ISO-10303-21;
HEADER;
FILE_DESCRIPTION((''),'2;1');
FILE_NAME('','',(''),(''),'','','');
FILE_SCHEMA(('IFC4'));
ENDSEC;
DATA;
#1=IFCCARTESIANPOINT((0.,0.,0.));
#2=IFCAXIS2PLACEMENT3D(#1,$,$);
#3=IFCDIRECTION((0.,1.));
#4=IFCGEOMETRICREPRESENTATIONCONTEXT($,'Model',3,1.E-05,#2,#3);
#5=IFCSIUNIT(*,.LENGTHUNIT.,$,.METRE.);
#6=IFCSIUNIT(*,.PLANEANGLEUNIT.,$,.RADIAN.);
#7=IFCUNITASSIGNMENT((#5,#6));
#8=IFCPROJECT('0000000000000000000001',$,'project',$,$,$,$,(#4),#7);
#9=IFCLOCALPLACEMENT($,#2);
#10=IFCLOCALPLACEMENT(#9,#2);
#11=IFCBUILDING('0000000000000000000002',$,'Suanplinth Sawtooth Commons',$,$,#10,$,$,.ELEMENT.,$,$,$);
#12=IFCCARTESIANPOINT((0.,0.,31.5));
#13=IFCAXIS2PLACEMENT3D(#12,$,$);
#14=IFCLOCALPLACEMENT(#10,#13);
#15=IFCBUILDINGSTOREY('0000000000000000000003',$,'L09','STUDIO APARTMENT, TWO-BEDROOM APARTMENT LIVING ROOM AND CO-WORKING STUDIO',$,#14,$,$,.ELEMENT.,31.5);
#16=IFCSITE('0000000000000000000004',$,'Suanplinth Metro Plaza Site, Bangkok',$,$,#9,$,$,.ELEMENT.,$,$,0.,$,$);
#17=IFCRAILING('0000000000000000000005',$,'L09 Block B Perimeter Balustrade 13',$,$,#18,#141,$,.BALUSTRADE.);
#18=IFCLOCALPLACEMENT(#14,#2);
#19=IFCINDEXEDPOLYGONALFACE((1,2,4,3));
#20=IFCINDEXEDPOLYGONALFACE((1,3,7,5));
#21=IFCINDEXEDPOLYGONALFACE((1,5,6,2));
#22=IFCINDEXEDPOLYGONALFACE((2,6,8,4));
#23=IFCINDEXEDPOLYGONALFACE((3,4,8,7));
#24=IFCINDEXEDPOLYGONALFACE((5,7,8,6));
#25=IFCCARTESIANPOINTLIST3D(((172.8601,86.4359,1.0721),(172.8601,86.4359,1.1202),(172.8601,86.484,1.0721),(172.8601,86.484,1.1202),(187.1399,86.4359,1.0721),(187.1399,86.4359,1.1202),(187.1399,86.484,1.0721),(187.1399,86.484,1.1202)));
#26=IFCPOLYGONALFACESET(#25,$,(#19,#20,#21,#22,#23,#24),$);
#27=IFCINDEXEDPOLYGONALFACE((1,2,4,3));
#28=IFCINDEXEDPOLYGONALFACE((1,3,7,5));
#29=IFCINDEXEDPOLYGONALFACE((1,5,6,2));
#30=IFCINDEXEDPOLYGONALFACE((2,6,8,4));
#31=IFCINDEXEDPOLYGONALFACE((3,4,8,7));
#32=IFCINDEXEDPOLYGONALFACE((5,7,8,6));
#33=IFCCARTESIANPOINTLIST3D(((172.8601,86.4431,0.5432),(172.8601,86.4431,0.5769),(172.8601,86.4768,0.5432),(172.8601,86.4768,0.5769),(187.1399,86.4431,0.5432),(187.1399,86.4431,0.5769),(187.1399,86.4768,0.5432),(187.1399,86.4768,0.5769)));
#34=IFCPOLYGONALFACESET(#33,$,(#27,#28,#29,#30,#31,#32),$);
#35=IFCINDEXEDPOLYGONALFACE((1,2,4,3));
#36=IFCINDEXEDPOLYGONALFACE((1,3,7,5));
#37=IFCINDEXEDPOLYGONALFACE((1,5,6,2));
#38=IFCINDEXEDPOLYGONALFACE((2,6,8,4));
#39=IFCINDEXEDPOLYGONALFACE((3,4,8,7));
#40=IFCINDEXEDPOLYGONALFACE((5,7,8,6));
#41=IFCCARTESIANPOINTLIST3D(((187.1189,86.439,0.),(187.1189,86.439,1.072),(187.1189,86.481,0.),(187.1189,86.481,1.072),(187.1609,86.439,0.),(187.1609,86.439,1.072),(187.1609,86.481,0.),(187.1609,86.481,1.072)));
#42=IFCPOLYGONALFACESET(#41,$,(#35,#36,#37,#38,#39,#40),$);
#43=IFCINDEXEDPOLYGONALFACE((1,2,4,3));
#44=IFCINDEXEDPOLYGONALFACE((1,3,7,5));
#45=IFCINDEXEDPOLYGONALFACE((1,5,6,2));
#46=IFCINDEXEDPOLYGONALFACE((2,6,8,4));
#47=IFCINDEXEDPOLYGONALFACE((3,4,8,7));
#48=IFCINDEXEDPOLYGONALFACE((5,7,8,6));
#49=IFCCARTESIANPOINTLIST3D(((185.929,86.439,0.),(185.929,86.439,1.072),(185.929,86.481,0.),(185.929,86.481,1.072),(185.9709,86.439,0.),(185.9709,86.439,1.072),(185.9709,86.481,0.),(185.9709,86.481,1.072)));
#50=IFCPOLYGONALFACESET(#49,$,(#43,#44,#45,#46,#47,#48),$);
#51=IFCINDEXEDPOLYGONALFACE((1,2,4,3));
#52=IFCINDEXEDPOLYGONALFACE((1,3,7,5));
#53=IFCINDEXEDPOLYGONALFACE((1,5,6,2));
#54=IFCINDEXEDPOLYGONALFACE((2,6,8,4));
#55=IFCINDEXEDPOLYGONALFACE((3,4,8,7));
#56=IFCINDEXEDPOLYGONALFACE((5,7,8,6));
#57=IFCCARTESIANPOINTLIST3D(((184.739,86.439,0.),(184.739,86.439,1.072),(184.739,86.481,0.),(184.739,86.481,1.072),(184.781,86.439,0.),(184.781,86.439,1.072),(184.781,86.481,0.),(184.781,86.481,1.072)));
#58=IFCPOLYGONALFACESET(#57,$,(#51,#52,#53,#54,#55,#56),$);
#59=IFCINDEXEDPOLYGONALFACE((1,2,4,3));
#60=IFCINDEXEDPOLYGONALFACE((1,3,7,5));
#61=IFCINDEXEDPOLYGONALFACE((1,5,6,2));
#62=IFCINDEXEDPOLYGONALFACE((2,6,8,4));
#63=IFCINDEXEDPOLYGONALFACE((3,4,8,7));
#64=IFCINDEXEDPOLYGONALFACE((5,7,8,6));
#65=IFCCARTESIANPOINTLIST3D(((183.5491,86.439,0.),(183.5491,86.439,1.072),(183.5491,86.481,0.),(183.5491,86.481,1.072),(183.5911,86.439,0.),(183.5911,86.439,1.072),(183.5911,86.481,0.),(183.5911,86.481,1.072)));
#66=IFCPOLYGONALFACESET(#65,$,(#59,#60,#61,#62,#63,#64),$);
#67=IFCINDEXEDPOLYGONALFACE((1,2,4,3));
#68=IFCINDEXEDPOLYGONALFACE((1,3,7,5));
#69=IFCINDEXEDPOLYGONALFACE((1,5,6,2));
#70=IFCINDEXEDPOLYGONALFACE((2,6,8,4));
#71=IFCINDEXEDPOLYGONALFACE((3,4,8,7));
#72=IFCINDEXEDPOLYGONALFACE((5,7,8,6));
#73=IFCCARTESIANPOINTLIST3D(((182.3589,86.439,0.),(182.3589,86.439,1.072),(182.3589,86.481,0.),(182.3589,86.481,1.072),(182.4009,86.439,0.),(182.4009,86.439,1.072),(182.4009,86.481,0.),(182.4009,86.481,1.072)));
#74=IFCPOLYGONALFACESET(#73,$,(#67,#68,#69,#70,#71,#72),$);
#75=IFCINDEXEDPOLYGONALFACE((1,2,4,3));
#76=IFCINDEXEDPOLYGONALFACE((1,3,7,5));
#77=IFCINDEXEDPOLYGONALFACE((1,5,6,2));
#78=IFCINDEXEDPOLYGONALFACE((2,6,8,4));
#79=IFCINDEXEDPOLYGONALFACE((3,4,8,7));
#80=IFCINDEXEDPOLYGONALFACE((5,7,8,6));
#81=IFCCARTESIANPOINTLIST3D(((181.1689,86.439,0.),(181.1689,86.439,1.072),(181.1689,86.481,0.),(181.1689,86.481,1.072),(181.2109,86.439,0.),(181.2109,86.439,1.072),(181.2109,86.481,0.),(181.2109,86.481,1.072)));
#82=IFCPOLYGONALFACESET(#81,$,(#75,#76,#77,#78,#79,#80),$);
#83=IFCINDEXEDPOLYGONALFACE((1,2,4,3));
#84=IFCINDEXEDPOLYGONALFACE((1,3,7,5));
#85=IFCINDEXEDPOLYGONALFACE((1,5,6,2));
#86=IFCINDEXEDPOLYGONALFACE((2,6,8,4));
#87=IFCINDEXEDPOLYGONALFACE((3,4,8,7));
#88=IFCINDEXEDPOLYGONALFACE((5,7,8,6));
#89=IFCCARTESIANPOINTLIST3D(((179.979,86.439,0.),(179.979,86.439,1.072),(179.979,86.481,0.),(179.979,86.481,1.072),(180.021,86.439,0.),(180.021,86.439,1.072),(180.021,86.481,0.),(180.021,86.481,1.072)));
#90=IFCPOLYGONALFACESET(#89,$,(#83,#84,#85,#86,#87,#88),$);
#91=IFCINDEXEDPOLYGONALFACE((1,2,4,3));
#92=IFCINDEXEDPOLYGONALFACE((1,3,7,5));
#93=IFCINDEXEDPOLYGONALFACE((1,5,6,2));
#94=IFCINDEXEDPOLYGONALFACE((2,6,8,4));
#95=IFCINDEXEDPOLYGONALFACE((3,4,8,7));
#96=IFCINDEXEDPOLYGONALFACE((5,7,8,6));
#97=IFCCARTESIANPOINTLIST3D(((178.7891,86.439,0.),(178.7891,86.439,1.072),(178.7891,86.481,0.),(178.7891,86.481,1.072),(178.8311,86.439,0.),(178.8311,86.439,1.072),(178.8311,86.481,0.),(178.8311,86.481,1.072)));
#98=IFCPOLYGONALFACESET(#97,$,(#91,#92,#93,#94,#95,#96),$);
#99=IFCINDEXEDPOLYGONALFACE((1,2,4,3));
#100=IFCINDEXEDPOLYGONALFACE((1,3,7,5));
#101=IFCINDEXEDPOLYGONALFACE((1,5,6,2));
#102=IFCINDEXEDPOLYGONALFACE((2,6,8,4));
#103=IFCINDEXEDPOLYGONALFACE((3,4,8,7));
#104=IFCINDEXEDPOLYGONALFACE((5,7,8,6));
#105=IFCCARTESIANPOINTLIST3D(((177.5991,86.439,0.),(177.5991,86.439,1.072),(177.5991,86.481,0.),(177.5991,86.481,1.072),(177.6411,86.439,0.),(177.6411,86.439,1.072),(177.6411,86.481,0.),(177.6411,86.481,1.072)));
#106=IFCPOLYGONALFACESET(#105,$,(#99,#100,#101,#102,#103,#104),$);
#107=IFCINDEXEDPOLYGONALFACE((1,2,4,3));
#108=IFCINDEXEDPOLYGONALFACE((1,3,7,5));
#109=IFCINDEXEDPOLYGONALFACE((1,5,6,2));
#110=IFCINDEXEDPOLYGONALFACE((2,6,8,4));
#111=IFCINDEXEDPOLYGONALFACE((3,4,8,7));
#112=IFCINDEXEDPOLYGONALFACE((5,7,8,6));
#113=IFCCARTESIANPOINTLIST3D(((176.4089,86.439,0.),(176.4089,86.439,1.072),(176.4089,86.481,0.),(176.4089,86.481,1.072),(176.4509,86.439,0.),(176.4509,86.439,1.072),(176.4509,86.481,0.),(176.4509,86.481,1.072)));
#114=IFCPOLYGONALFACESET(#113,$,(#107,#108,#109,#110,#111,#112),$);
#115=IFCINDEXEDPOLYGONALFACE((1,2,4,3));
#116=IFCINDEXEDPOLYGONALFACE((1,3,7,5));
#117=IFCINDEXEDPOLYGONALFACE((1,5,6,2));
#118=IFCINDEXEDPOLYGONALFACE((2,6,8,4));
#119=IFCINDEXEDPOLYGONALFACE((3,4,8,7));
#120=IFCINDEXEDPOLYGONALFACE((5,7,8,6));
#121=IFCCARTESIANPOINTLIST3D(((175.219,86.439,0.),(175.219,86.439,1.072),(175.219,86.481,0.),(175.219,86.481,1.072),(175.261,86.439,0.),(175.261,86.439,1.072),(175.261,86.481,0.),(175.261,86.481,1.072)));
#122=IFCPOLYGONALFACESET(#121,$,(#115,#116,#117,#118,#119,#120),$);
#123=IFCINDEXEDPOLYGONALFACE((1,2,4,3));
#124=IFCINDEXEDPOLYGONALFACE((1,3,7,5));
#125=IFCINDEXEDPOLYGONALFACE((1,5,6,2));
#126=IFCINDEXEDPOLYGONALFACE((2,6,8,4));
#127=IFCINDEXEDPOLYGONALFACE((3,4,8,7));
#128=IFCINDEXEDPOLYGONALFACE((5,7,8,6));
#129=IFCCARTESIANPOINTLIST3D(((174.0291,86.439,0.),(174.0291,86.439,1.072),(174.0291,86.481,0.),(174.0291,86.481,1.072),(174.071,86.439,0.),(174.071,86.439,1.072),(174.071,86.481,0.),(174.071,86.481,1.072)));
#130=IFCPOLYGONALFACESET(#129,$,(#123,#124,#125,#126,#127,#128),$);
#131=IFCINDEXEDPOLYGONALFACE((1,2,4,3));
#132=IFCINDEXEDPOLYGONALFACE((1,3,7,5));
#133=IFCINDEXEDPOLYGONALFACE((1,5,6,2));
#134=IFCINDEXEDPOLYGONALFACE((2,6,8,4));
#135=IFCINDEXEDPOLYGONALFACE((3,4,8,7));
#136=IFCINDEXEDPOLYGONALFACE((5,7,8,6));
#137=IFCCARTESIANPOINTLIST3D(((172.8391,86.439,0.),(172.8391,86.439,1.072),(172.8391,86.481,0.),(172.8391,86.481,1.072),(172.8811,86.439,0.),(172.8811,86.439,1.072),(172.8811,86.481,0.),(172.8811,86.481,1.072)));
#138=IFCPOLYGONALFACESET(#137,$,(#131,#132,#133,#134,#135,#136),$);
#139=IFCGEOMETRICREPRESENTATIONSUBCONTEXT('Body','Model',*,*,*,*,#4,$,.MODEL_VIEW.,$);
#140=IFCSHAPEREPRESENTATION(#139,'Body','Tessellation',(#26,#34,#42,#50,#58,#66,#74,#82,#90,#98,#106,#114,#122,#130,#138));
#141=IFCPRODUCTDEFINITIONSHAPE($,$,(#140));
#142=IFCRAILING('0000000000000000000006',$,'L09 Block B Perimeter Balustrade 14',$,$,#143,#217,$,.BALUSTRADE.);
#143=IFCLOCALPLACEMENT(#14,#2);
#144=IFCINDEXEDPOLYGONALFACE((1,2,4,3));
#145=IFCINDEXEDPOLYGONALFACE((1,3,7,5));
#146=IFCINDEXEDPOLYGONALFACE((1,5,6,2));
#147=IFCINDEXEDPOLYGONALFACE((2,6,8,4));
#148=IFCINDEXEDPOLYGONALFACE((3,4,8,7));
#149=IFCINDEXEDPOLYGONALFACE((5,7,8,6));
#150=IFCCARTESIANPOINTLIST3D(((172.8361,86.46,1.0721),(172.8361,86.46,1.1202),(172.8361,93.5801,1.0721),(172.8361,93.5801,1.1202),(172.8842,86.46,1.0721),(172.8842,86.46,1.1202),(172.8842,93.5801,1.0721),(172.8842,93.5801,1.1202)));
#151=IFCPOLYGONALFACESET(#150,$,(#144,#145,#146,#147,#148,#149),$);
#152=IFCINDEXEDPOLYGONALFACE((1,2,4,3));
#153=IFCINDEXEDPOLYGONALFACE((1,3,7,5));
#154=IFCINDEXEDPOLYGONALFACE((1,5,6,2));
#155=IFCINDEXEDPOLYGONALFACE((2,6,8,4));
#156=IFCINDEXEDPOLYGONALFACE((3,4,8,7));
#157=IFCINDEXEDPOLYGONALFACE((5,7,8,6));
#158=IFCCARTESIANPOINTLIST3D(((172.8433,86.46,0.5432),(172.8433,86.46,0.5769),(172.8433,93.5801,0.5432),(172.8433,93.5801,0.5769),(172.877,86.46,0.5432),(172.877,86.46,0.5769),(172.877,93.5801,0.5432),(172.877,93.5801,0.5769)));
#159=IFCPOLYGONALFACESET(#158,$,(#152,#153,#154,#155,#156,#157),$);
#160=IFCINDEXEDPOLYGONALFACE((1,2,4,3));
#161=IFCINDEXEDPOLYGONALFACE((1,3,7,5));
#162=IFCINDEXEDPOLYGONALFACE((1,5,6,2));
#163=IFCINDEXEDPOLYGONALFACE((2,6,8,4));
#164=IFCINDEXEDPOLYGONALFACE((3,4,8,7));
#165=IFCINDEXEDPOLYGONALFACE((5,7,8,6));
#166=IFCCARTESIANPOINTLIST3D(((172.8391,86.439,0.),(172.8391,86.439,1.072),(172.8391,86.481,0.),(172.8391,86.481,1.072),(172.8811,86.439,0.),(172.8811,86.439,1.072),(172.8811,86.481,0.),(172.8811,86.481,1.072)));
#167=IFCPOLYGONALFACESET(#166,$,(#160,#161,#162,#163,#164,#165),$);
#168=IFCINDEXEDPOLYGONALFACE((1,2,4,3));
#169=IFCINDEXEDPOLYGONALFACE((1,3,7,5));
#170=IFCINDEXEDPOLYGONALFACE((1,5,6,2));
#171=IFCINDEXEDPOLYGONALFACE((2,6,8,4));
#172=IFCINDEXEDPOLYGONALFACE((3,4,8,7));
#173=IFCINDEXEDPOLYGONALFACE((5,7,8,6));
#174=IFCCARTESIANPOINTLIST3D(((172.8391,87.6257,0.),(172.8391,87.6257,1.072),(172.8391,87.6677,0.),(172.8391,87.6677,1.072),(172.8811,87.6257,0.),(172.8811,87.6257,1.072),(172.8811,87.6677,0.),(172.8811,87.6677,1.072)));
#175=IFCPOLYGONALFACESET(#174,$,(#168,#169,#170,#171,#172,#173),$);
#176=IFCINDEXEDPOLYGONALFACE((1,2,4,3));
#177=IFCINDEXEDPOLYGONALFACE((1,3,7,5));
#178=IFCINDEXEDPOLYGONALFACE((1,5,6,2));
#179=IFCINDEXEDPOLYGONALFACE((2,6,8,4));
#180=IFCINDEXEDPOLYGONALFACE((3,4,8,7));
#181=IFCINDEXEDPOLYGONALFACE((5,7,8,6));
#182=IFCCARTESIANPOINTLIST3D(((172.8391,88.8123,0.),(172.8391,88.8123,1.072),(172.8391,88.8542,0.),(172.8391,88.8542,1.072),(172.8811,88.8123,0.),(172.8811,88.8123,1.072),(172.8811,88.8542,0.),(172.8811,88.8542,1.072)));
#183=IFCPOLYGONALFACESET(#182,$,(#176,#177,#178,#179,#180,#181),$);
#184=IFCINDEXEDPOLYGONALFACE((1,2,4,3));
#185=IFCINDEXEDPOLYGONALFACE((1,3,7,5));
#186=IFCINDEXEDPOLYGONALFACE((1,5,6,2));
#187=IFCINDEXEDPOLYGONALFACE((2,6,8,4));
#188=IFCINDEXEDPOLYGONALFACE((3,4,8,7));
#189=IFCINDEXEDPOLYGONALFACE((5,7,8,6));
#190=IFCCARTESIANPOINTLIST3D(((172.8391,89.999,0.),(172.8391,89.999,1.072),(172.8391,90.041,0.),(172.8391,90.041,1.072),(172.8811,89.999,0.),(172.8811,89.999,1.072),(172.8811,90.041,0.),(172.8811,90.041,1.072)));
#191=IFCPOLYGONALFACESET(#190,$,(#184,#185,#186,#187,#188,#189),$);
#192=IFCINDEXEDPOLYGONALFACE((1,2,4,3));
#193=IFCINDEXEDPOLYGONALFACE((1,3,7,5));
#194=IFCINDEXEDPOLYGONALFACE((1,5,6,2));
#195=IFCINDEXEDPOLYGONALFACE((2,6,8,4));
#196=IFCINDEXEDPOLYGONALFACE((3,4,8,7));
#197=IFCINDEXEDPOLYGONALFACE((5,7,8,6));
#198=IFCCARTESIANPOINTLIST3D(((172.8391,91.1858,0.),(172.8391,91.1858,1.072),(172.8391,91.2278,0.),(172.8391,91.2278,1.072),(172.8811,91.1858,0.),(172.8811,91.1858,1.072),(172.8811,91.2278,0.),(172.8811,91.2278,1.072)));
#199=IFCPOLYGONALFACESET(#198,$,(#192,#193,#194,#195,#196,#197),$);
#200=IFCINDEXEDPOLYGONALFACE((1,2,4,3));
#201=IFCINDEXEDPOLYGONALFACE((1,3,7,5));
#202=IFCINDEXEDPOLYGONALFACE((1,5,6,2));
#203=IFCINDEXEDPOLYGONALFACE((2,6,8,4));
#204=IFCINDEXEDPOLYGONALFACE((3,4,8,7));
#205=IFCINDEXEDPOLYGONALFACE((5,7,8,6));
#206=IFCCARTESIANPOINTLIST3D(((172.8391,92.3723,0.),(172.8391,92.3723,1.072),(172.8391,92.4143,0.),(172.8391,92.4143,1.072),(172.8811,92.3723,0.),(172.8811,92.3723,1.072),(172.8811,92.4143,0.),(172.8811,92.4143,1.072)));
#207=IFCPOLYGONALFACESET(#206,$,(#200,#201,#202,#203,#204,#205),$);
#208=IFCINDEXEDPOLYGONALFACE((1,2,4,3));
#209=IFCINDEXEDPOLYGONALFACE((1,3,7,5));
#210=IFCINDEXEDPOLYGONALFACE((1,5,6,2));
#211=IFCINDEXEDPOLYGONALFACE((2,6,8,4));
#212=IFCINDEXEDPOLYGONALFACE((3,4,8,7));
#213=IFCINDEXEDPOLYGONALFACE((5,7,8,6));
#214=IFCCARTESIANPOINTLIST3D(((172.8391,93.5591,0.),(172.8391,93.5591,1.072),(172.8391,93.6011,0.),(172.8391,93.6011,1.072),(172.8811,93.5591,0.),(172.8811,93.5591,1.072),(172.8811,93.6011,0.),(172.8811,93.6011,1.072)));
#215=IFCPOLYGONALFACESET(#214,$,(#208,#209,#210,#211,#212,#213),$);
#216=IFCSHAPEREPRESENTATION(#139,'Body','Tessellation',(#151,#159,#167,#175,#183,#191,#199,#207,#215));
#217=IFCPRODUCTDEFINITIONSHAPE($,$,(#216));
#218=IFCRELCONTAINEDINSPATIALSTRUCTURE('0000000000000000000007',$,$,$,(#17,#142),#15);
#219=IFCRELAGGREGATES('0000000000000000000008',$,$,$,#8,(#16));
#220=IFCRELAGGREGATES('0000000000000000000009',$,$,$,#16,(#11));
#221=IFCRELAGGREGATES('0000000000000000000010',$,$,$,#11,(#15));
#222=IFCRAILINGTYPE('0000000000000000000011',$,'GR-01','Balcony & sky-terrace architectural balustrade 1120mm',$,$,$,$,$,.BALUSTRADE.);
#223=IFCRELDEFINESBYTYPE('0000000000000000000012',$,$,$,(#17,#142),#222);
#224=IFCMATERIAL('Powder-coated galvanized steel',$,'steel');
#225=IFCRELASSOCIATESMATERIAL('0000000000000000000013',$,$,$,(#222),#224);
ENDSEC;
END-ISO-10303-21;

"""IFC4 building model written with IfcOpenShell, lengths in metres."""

from ifc_helpers import new_model, si_unit, direction, frame, origin, origin_2d, place, context, subcontext, project, spatial, rectangle, extrude, material, type_object, element, save


model = new_model("IFC4")

# Units and contexts
model_context = context("Model", 3, precision=1e-05, world=origin(), true_north=direction((0.0, 1.0)))
body_context = subcontext(model_context, "Body", "Model", "MODEL_VIEW")
ifc_project = project(units=[si_unit("LENGTHUNIT", "METRE"), si_unit("PLANEANGLEUNIT", "RADIAN")], contexts=[model_context])

# Site, building, storey
site_placement = place(None, origin())
site = spatial("IfcSite", under=ifc_project, at=site_placement, Name="Suanplinth Metro Plaza Site, Bangkok", CompositionType="ELEMENT", RefElevation=0.0)
building_placement = place(site_placement, origin())
building = spatial("IfcBuilding", under=site, at=building_placement, Name="Suanplinth Sawtooth Commons", CompositionType="ELEMENT")
storey_placement = place(building_placement, frame((0.0, 0.0, 31.5)))
storey = spatial("IfcBuildingStorey", under=building, at=storey_placement, Name="L09", Description="STUDIO APARTMENT, TWO-BEDROOM APARTMENT LIVING ROOM AND CO-WORKING STUDIO", CompositionType="ELEMENT", Elevation=31.5)

# Railings
ifc_material_1 = material(Name="Powder-coated galvanized steel", Category="steel")
railing_type = type_object("IfcRailingType", Name="GR-01", Description="Balcony & sky-terrace architectural balustrade 1120mm", PredefinedType="BALUSTRADE", material=ifc_material_1)
railing_1_placement = place(storey_placement, frame((187.1399, 86.46, 0.0)))
element("IfcRailing", 1, at=railing_1_placement, inside=storey, type_object=railing_type, Name="L09 Block B Perimeter Balustrade 13", PredefinedType="BALUSTRADE", context=body_context, shape_type="SweptSolid", body=[
    extrude(rectangle(XDim=0.0481, YDim=0.0481, at=origin_2d()), frame((0.0, 0.0, 1.0962), z_axis=(-1.0, 0.0, 0.0), x_axis=(0.0, -1.0, 0.0)), (0.0, 0.0, 1.0), 14.2798),
    extrude(rectangle(XDim=0.0337, YDim=0.0337, at=origin_2d()), frame((0.0, 0.0, 0.5601), z_axis=(-1.0, 0.0, 0.0), x_axis=(0.0, -1.0, 0.0)), (0.0, 0.0, 1.0), 14.2798),
    extrude(rectangle(XDim=0.042, YDim=0.042, at=origin_2d()), origin(), (0.0, 0.0, 1.0), 1.072),
    extrude(rectangle(XDim=0.042, YDim=0.042, at=origin_2d()), frame((-1.1899, 0.0, 0.0)), (0.0, 0.0, 1.0), 1.072),
    extrude(rectangle(XDim=0.042, YDim=0.042, at=origin_2d()), frame((-2.3799, 0.0, 0.0)), (0.0, 0.0, 1.0), 1.072),
    extrude(rectangle(XDim=0.042, YDim=0.042, at=origin_2d()), frame((-3.5698, 0.0, 0.0)), (0.0, 0.0, 1.0), 1.072),
    extrude(rectangle(XDim=0.042, YDim=0.042, at=origin_2d()), frame((-4.76, 0.0, 0.0)), (0.0, 0.0, 1.0), 1.072),
    extrude(rectangle(XDim=0.042, YDim=0.042, at=origin_2d()), frame((-5.95, 0.0, 0.0)), (0.0, 0.0, 1.0), 1.072),
    extrude(rectangle(XDim=0.042, YDim=0.042, at=origin_2d()), frame((-7.1399, 0.0, 0.0)), (0.0, 0.0, 1.0), 1.072),
    extrude(rectangle(XDim=0.042, YDim=0.042, at=origin_2d()), frame((-8.3298, 0.0, 0.0)), (0.0, 0.0, 1.0), 1.072),
    extrude(rectangle(XDim=0.042, YDim=0.042, at=origin_2d()), frame((-9.5198, 0.0, 0.0)), (0.0, 0.0, 1.0), 1.072),
    extrude(rectangle(XDim=0.042, YDim=0.042, at=origin_2d()), frame((-10.71, 0.0, 0.0)), (0.0, 0.0, 1.0), 1.072),
    extrude(rectangle(XDim=0.042, YDim=0.042, at=origin_2d()), frame((-11.8999, 0.0, 0.0)), (0.0, 0.0, 1.0), 1.072),
    extrude(rectangle(XDim=0.042, YDim=0.042, at=origin_2d()), frame((-13.0898, 0.0, 0.0)), (0.0, 0.0, 1.0), 1.072),
    extrude(rectangle(XDim=0.042, YDim=0.042, at=origin_2d()), frame((-14.2798, 0.0, 0.0)), (0.0, 0.0, 1.0), 1.072),
])
railing_2_placement = place(storey_placement, frame((172.8601, 86.46, 0.0)))
element("IfcRailing", 2, at=railing_2_placement, inside=storey, type_object=railing_type, Name="L09 Block B Perimeter Balustrade 14", PredefinedType="BALUSTRADE", context=body_context, shape_type="SweptSolid", body=[
    extrude(rectangle(XDim=0.0481, YDim=0.0481, at=origin_2d()), frame((0.0, 0.0, 1.0962), z_axis=(0.0, 1.0, 0.0), x_axis=(-1.0, 0.0, 0.0)), (0.0, 0.0, 1.0), 7.1201),
    extrude(rectangle(XDim=0.0337, YDim=0.0337, at=origin_2d()), frame((0.0, 0.0, 0.5601), z_axis=(0.0, 1.0, 0.0), x_axis=(-1.0, 0.0, 0.0)), (0.0, 0.0, 1.0), 7.1201),
    extrude(rectangle(XDim=0.042, YDim=0.042, at=origin_2d()), origin(), (0.0, 0.0, 1.0), 1.072),
    extrude(rectangle(XDim=0.042, YDim=0.042, at=origin_2d()), frame((0.0, 1.1868, 0.0)), (0.0, 0.0, 1.0), 1.072),
    extrude(rectangle(XDim=0.042, YDim=0.042, at=origin_2d()), frame((0.0, 2.3733, 0.0)), (0.0, 0.0, 1.0), 1.072),
    extrude(rectangle(XDim=0.042, YDim=0.042, at=origin_2d()), frame((0.0, 3.5601, 0.0)), (0.0, 0.0, 1.0), 1.072),
    extrude(rectangle(XDim=0.042, YDim=0.042, at=origin_2d()), frame((0.0, 4.7468, 0.0)), (0.0, 0.0, 1.0), 1.072),
    extrude(rectangle(XDim=0.042, YDim=0.042, at=origin_2d()), frame((0.0, 5.9333, 0.0)), (0.0, 0.0, 1.0), 1.072),
    extrude(rectangle(XDim=0.042, YDim=0.042, at=origin_2d()), frame((0.0, 7.1201, 0.0)), (0.0, 0.0, 1.0), 1.072),
])

save(model, "model.ifc")
